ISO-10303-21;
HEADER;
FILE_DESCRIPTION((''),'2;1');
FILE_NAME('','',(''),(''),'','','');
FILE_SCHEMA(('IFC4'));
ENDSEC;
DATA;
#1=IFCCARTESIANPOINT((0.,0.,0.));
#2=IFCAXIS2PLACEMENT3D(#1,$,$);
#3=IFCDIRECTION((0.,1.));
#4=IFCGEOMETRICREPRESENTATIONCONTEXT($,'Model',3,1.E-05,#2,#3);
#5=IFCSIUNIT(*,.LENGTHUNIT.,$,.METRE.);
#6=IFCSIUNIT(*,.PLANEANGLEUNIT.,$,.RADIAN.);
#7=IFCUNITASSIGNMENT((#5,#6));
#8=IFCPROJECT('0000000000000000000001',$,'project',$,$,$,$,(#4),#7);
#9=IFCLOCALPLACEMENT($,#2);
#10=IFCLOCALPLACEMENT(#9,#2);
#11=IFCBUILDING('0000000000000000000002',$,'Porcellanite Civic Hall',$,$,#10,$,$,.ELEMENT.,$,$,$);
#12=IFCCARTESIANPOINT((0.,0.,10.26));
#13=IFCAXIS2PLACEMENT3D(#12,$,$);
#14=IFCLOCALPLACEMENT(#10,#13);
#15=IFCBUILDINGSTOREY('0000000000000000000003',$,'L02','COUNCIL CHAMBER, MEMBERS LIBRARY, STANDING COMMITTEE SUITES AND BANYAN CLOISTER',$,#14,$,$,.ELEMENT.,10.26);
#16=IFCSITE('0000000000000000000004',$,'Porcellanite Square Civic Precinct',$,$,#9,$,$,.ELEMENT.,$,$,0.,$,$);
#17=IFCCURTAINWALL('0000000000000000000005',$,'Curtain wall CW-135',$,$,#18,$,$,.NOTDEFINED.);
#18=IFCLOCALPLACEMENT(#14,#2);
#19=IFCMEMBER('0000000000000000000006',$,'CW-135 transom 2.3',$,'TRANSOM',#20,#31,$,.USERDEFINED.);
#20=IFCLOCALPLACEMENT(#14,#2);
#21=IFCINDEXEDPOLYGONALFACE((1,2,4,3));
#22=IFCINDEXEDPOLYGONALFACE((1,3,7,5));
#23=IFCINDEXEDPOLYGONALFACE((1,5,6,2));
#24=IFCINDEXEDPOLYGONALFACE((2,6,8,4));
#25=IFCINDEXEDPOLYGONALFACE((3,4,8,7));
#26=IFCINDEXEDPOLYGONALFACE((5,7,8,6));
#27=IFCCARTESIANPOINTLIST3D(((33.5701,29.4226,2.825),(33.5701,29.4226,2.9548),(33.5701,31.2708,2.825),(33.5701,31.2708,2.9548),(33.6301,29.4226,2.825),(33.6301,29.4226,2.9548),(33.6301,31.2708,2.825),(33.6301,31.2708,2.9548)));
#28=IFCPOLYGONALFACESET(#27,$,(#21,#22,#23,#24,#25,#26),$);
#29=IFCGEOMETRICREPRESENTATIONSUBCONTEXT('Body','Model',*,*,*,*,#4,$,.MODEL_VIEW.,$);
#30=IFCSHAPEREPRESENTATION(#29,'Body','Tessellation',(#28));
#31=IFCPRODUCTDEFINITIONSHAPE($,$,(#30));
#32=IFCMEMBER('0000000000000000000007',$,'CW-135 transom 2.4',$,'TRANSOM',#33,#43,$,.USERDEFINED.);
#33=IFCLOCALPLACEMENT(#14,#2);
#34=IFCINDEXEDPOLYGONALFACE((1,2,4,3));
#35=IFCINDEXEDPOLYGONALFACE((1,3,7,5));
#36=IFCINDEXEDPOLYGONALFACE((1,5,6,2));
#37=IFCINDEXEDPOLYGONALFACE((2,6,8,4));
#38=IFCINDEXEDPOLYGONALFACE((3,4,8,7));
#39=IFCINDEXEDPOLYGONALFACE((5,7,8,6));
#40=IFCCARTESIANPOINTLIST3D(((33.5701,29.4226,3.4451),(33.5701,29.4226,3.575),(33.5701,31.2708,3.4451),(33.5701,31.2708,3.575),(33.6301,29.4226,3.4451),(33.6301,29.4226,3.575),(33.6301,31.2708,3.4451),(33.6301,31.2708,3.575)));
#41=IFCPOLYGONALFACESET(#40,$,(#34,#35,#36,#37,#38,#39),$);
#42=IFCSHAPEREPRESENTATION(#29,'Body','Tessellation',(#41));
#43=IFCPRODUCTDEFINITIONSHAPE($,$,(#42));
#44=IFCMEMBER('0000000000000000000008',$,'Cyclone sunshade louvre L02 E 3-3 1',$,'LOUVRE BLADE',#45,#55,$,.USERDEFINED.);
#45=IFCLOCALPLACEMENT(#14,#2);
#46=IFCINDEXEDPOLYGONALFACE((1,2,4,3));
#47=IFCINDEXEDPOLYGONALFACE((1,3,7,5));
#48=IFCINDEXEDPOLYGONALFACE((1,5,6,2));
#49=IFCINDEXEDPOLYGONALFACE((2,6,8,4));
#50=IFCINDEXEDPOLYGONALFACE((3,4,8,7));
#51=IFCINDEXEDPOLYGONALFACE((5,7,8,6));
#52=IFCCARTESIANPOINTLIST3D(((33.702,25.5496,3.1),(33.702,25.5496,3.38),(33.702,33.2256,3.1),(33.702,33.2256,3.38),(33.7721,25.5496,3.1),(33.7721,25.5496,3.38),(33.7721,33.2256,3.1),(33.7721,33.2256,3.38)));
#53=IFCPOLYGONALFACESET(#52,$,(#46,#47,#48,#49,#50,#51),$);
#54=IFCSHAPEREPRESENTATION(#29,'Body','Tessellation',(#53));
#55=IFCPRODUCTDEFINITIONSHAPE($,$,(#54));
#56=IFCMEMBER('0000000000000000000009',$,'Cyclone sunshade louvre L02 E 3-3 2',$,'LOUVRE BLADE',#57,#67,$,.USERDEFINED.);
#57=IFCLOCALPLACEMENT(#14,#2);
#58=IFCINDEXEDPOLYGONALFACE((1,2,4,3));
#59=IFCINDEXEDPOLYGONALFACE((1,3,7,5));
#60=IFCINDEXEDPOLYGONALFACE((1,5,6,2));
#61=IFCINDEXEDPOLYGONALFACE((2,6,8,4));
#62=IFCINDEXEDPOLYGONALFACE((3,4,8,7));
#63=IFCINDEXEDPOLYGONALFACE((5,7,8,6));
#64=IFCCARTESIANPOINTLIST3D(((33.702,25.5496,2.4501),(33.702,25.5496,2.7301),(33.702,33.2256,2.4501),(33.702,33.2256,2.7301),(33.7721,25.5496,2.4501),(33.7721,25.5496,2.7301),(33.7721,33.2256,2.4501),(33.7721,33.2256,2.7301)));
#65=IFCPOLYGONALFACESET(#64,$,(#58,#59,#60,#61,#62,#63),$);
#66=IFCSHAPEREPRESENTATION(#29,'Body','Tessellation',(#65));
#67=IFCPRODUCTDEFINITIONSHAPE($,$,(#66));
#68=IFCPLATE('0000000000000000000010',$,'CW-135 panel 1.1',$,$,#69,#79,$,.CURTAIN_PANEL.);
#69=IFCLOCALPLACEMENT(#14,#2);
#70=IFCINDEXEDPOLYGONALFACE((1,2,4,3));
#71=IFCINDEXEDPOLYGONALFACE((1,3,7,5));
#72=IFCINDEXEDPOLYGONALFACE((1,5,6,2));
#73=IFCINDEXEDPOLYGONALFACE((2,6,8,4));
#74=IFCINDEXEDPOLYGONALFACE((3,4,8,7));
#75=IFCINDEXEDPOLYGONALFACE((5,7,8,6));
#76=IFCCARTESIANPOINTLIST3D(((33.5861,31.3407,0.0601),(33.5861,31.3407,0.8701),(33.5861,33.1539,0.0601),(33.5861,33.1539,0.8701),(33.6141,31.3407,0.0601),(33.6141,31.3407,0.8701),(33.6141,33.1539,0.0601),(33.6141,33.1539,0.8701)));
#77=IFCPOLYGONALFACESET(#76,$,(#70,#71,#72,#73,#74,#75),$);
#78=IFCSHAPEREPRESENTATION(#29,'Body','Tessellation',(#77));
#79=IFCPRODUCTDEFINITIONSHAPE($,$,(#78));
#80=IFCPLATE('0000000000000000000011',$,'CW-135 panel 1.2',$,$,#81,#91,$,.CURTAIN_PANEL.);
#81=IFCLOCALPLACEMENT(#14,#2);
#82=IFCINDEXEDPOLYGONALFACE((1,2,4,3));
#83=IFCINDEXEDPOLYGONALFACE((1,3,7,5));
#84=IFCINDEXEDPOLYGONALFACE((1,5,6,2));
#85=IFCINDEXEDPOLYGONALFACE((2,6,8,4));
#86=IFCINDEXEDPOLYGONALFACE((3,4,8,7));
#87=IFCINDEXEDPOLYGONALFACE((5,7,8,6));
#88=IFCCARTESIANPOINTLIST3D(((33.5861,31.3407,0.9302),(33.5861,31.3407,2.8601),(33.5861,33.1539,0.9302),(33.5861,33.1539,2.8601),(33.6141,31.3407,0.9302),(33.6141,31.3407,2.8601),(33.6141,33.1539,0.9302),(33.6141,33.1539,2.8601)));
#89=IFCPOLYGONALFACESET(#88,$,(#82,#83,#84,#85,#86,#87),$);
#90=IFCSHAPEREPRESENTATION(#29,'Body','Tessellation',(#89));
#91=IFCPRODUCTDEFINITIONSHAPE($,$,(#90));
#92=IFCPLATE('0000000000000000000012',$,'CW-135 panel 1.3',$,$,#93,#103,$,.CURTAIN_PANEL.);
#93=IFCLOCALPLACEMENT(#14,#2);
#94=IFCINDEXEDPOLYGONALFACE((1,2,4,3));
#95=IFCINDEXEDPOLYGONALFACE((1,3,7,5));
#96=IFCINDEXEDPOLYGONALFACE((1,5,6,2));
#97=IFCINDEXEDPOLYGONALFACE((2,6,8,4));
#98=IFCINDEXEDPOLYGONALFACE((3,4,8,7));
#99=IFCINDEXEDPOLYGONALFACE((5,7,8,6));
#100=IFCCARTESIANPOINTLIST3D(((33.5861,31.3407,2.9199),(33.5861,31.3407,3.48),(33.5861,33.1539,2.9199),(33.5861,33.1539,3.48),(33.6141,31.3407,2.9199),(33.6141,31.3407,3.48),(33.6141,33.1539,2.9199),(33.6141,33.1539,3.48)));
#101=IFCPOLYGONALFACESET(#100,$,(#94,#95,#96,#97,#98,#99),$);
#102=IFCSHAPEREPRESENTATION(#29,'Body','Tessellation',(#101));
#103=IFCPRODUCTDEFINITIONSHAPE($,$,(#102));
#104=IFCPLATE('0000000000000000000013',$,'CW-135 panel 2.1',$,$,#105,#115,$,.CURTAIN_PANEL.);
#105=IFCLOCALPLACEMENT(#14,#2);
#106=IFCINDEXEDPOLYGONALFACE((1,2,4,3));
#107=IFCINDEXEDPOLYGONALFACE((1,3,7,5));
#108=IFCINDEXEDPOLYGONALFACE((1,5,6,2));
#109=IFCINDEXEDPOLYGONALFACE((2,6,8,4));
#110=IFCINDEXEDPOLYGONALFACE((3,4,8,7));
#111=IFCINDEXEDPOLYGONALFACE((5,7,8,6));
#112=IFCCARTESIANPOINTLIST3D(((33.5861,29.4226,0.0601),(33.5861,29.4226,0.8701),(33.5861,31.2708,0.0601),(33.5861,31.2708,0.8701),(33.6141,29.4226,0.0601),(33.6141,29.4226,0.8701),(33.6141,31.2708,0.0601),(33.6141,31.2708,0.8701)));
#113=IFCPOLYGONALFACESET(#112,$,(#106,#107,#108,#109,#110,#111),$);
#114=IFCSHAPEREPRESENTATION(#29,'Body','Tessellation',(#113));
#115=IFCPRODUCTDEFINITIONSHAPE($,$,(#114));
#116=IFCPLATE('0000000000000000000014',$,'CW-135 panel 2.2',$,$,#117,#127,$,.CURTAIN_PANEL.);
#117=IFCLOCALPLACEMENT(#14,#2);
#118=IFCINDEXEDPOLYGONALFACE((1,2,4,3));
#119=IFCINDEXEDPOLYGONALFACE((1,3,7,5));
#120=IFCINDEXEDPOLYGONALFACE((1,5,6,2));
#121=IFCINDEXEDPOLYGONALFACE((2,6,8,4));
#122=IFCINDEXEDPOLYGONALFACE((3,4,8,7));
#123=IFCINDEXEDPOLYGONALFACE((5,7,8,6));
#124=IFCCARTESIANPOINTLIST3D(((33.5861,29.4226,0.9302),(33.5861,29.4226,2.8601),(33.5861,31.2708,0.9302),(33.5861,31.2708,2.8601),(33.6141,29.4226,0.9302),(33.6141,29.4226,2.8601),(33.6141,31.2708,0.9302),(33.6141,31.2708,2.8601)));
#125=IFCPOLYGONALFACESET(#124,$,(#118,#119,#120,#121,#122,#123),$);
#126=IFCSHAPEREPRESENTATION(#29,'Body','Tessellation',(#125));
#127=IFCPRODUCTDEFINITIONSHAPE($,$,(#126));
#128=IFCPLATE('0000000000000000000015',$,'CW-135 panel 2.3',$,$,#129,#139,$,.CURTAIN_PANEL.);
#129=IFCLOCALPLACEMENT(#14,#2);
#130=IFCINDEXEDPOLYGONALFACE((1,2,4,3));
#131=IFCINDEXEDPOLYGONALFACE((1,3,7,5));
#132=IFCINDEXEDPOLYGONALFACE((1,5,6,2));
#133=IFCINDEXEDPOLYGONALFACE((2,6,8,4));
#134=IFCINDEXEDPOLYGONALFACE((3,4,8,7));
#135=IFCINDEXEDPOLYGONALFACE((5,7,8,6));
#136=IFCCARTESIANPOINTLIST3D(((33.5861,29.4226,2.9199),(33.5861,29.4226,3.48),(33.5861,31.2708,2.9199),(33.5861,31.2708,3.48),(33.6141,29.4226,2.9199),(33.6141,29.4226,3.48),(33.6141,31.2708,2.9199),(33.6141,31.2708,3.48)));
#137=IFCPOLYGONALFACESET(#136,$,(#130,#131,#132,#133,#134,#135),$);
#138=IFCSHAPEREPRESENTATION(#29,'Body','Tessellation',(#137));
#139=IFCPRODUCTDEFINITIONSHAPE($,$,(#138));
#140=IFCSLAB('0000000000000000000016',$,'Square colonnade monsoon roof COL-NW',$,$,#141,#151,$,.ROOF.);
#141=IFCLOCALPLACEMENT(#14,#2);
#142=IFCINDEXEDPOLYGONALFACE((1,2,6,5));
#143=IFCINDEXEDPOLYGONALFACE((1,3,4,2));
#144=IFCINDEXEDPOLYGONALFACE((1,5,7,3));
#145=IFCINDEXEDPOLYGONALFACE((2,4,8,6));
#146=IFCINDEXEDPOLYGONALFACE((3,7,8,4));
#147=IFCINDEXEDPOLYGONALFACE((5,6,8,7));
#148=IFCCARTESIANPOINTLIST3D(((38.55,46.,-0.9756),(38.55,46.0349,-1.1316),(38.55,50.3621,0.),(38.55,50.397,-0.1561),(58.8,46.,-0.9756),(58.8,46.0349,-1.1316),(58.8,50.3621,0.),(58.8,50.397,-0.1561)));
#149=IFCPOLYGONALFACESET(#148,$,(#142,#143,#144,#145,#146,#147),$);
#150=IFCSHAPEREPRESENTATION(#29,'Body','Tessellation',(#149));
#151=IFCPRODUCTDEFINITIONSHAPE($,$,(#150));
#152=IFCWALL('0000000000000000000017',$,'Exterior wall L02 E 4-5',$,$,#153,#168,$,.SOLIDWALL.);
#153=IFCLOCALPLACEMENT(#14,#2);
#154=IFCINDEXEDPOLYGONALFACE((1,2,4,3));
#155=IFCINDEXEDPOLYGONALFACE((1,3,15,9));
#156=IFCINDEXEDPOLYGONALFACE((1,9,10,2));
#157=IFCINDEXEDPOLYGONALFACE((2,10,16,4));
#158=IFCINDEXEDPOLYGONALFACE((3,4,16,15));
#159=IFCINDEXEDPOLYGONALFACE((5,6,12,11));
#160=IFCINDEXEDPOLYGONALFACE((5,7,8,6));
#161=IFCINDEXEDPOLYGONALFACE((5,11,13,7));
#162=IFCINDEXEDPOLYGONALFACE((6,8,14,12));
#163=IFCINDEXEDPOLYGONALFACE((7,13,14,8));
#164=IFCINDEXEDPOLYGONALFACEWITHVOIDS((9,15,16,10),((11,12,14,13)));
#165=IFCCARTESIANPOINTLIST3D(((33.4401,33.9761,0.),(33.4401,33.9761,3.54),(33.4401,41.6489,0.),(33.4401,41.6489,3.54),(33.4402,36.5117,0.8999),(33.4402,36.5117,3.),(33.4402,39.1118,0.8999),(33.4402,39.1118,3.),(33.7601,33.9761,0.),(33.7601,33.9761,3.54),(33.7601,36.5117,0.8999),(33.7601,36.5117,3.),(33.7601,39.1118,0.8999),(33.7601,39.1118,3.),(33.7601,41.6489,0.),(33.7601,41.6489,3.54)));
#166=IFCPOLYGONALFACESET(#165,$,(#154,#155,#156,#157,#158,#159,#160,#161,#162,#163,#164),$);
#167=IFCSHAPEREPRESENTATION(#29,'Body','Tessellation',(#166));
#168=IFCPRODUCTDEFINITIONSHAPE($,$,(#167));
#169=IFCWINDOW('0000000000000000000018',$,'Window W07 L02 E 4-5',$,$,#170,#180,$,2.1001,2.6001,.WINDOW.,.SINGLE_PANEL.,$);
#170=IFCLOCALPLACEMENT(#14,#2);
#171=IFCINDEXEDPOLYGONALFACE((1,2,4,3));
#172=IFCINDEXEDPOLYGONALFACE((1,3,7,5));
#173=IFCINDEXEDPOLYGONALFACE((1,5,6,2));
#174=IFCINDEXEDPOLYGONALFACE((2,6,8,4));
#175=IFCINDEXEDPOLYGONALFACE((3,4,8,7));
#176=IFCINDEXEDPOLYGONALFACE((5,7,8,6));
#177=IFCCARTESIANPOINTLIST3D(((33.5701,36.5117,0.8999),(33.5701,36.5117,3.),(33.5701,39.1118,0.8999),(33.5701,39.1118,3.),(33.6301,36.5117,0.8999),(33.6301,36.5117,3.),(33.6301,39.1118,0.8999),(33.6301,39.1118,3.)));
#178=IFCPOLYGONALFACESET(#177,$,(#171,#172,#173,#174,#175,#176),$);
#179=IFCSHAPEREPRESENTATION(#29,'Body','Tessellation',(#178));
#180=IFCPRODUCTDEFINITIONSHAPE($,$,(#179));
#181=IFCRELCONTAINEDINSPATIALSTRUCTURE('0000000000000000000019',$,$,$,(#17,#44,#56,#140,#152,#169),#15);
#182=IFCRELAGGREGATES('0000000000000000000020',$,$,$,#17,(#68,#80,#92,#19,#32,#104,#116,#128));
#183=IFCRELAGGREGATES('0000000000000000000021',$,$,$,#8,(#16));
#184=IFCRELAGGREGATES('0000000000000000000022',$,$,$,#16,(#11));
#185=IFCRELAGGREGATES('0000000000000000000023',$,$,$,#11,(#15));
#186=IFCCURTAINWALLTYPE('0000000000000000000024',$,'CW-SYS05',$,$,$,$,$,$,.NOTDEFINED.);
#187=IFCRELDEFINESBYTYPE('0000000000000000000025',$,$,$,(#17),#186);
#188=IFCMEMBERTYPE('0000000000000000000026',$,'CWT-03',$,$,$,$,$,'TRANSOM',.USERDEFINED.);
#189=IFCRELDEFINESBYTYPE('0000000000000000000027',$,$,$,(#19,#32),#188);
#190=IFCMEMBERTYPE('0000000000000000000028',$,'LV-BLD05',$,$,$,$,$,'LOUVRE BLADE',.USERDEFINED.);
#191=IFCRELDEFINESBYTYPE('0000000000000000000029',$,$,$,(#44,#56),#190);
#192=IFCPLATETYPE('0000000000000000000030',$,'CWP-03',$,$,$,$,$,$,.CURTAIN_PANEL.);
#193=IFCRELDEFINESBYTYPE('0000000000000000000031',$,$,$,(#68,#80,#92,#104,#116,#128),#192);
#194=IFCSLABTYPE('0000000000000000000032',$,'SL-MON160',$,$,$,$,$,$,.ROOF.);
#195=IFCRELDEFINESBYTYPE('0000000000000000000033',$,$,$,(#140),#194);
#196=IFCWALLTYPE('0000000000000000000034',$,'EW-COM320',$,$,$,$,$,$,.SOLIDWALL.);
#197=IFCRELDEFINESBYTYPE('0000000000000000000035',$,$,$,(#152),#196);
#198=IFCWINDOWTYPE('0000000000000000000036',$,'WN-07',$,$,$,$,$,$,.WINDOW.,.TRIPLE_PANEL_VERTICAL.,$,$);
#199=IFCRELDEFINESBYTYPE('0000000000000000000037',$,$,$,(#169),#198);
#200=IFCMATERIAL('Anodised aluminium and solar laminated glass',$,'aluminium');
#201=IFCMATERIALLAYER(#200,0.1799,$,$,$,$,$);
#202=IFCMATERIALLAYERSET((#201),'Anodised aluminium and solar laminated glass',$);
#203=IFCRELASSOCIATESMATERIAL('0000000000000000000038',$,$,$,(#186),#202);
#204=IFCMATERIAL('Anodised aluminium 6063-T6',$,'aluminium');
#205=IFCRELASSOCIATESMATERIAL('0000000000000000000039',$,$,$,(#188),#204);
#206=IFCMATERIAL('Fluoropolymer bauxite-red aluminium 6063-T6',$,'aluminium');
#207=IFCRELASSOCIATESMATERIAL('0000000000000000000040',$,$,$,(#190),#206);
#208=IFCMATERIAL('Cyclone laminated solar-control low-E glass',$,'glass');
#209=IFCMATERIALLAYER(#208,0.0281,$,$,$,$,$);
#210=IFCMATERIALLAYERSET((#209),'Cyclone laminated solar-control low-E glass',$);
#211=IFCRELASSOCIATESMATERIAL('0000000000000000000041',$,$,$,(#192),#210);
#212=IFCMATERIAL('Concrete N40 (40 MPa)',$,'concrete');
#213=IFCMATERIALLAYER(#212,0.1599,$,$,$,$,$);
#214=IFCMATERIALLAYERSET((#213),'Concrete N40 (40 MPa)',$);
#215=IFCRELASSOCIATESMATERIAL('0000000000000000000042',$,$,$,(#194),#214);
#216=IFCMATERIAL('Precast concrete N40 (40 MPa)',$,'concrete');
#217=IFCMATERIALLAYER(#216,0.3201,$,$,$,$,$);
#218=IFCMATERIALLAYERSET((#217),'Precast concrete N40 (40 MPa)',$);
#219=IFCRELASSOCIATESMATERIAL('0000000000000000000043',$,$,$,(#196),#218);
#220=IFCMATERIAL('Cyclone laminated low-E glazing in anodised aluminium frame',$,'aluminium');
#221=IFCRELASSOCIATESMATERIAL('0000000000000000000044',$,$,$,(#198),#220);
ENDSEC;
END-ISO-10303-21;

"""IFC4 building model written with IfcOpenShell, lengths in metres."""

from ifc_helpers import new_model, si_unit, direction, frame, frame_2d, origin, origin_2d, place, context, subcontext, project, spatial, polyline, rectangle, outline, extrude, material, layer, layer_set, material_profile, profile_set, type_object, element, fill, aggregate, save


model = new_model("IFC4")

# Units and contexts
model_context = context("Model", 3, precision=1e-05, world=origin(), true_north=direction((0.0, 1.0)))
body_context = subcontext(model_context, "Body", "Model", "MODEL_VIEW")
ifc_project = project(units=[si_unit("LENGTHUNIT", "METRE"), si_unit("PLANEANGLEUNIT", "RADIAN")], contexts=[model_context])

# Site, building, storey
site_placement = place(None, origin())
site = spatial("IfcSite", under=ifc_project, at=site_placement, Name="Porcellanite Square Civic Precinct", CompositionType="ELEMENT", RefElevation=0.0)
building_placement = place(site_placement, origin())
building = spatial("IfcBuilding", under=site, at=building_placement, Name="Porcellanite Civic Hall", CompositionType="ELEMENT")
storey_placement = place(building_placement, frame((0.0, 0.0, 10.26)))
storey = spatial("IfcBuildingStorey", under=building, at=storey_placement, Name="L02", Description="COUNCIL CHAMBER, MEMBERS LIBRARY, STANDING COMMITTEE SUITES AND BANYAN CLOISTER", CompositionType="ELEMENT", Elevation=10.26)

# Curtain wall, members
ifc_material_1 = material(Name="Anodised aluminium and solar laminated glass", Category="aluminium")
ifc_layer_1 = layer(ifc_material_1, 0.1799)
ifc_layer_set_1 = layer_set([ifc_layer_1], Name="Anodised aluminium and solar laminated glass")
curtain_wall_type = type_object("IfcCurtainWallType", Name="CW-SYS05", PredefinedType="NOTDEFINED", material=ifc_layer_set_1)
curtain_wall_placement = place(storey_placement, origin())
curtain_wall = element("IfcCurtainWall", 1, at=curtain_wall_placement, inside=storey, type_object=curtain_wall_type, Name="Curtain wall CW-135", PredefinedType="NOTDEFINED")
ifc_material_2 = material(Name="Anodised aluminium 6063-T6", Category="aluminium")
ifc_material_profile_1 = material_profile(ifc_material_2, rectangle(XDim=0.0601, YDim=0.1299, at=origin_2d()), Name="AL-60x130")
ifc_profile_set_1 = profile_set([ifc_material_profile_1], Name="Anodised aluminium 6063-T6")
member_type_1 = type_object("IfcMemberType", Name="CWT-03", ElementType="TRANSOM", PredefinedType="USERDEFINED", material=ifc_profile_set_1)
member_1_placement = place(storey_placement, frame((33.6001, 31.2708, 2.8899), z_axis=(0.0, -1.0, 0.0), x_axis=(1.0, 0.0, 0.0)))
member_1 = element("IfcMember", 2, at=member_1_placement, type_object=member_type_1, Name="CW-135 transom 2.3", ObjectType="TRANSOM", PredefinedType="USERDEFINED", context=body_context, shape_type="SweptSolid", body=[
    extrude(rectangle(XDim=0.0601, YDim=0.1299, at=origin_2d()), origin(), (0.0, 0.0, 1.0), 1.8481),
])
member_2_placement = place(storey_placement, frame((33.6001, 31.2708, 3.51), z_axis=(0.0, -1.0, 0.0), x_axis=(1.0, 0.0, 0.0)))
member_2 = element("IfcMember", 3, at=member_2_placement, type_object=member_type_1, Name="CW-135 transom 2.4", ObjectType="TRANSOM", PredefinedType="USERDEFINED", context=body_context, shape_type="SweptSolid", body=[
    extrude(rectangle(XDim=0.0601, YDim=0.1299, at=origin_2d()), origin(), (0.0, 0.0, 1.0), 1.8481),
])

# Members
ifc_material_3 = material(Name="Fluoropolymer bauxite-red aluminium 6063-T6", Category="aluminium")
ifc_material_profile_2 = material_profile(ifc_material_3, rectangle(XDim=0.0701, YDim=0.28, at=origin_2d()), Name="AL-70x280")
ifc_profile_set_2 = profile_set([ifc_material_profile_2], Name="Fluoropolymer bauxite-red aluminium 6063-T6")
member_type_2 = type_object("IfcMemberType", Name="LV-BLD05", ElementType="LOUVRE BLADE", PredefinedType="USERDEFINED", material=ifc_profile_set_2)
for number, where, z_axis, x_axis, name in (
    (4, (33.7371, 33.2256, 3.24), (0.0, -1.0, 0.0), (1.0, 0.0, 0.0), "Cyclone sunshade louvre L02 E 3-3 1"),
    (5, (33.7371, 33.2256, 2.5901), (0.0, -1.0, 0.0), (1.0, 0.0, 0.0), "Cyclone sunshade louvre L02 E 3-3 2"),
):
    element("IfcMember", number, at=place(storey_placement, frame(where, z_axis=z_axis, x_axis=x_axis)), inside=storey, type_object=member_type_2, Name=name, ObjectType="LOUVRE BLADE", PredefinedType="USERDEFINED", context=body_context, shape_type="SweptSolid", body=[
        extrude(rectangle(XDim=0.0701, YDim=0.28, at=origin_2d()), origin(), (0.0, 0.0, 1.0), 7.676),
    ])

# Plates
ifc_material_4 = material(Name="Cyclone laminated solar-control low-E glass", Category="glass")
ifc_layer_2 = layer(ifc_material_4, 0.0281)
ifc_layer_set_2 = layer_set([ifc_layer_2], Name="Cyclone laminated solar-control low-E glass")
plate_type = type_object("IfcPlateType", Name="CWP-03", PredefinedType="CURTAIN_PANEL", material=ifc_layer_set_2)
plate_1_placement = place(storey_placement, frame((33.6001, 32.2473, 0.0601), z_axis=(0.0, 0.0, 1.0), x_axis=(0.0, -1.0, 0.0)))
plate_1 = element("IfcPlate", 6, at=plate_1_placement, type_object=plate_type, Name="CW-135 panel 1.1", PredefinedType="CURTAIN_PANEL", context=body_context, shape_type="SweptSolid", body=[
    extrude(rectangle(XDim=1.8132, YDim=0.0281, at=origin_2d()), origin(), (0.0, 0.0, 1.0), 0.8101),
])
plate_2_placement = place(storey_placement, frame((33.6001, 32.2473, 0.9302), z_axis=(0.0, 0.0, 1.0), x_axis=(0.0, -1.0, 0.0)))
plate_2 = element("IfcPlate", 7, at=plate_2_placement, type_object=plate_type, Name="CW-135 panel 1.2", PredefinedType="CURTAIN_PANEL", context=body_context, shape_type="SweptSolid", body=[
    extrude(rectangle(XDim=1.8132, YDim=0.0281, at=origin_2d()), origin(), (0.0, 0.0, 1.0), 1.9299),
])
plate_3_placement = place(storey_placement, frame((33.6001, 32.2473, 2.9199), z_axis=(0.0, 0.0, 1.0), x_axis=(0.0, -1.0, 0.0)))
plate_3 = element("IfcPlate", 8, at=plate_3_placement, type_object=plate_type, Name="CW-135 panel 1.3", PredefinedType="CURTAIN_PANEL", context=body_context, shape_type="SweptSolid", body=[
    extrude(rectangle(XDim=1.8132, YDim=0.0281, at=origin_2d()), origin(), (0.0, 0.0, 1.0), 0.5601),
])
plate_4_placement = place(storey_placement, frame((33.6001, 30.3467, 0.0601), z_axis=(0.0, 0.0, 1.0), x_axis=(0.0, -1.0, 0.0)))
plate_4 = element("IfcPlate", 9, at=plate_4_placement, type_object=plate_type, Name="CW-135 panel 2.1", PredefinedType="CURTAIN_PANEL", context=body_context, shape_type="SweptSolid", body=[
    extrude(rectangle(XDim=1.8481, YDim=0.0281, at=origin_2d()), origin(), (0.0, 0.0, 1.0), 0.8101),
])
plate_5_placement = place(storey_placement, frame((33.6001, 30.3467, 0.9302), z_axis=(0.0, 0.0, 1.0), x_axis=(0.0, -1.0, 0.0)))
plate_5 = element("IfcPlate", 10, at=plate_5_placement, type_object=plate_type, Name="CW-135 panel 2.2", PredefinedType="CURTAIN_PANEL", context=body_context, shape_type="SweptSolid", body=[
    extrude(rectangle(XDim=1.8481, YDim=0.0281, at=origin_2d()), origin(), (0.0, 0.0, 1.0), 1.9299),
])
plate_6_placement = place(storey_placement, frame((33.6001, 30.3467, 2.9199), z_axis=(0.0, 0.0, 1.0), x_axis=(0.0, -1.0, 0.0)))
plate_6 = element("IfcPlate", 11, at=plate_6_placement, type_object=plate_type, Name="CW-135 panel 2.3", PredefinedType="CURTAIN_PANEL", context=body_context, shape_type="SweptSolid", body=[
    extrude(rectangle(XDim=1.8481, YDim=0.0281, at=origin_2d()), origin(), (0.0, 0.0, 1.0), 0.5601),
])
aggregate(curtain_wall, [plate_1, plate_2, plate_3, member_1, member_2, plate_4, plate_5, plate_6])

# Slab
ifc_material_5 = material(Name="Concrete N40 (40 MPa)", Category="concrete")
ifc_layer_3 = layer(ifc_material_5, 0.1599)
ifc_layer_set_3 = layer_set([ifc_layer_3], Name="Concrete N40 (40 MPa)")
slab_type = type_object("IfcSlabType", Name="SL-MON160", PredefinedType="ROOF", material=ifc_layer_set_3)
slab_placement = place(storey_placement, frame((38.55, 46.0, -0.9756), z_axis=(0.0, -0.21826, 0.975891), x_axis=(1.0, 0.0, 0.0)))
element("IfcSlab", 12, at=slab_placement, inside=storey, type_object=slab_type, Name="Square colonnade monsoon roof COL-NW", PredefinedType="ROOF", context=body_context, shape_type="SweptSolid", body=[
    extrude(outline(polyline([(0.0, 0.0), (20.25, 0.0), (20.25, 4.4698), (0.0, 4.4698), (0.0, 0.0)])), origin(), (0.0, 0.0, -1.0), 0.1599),
])

# Wall, opening, window
ifc_material_6 = material(Name="Precast concrete N40 (40 MPa)", Category="concrete")
ifc_layer_4 = layer(ifc_material_6, 0.3201)
ifc_layer_set_4 = layer_set([ifc_layer_4], Name="Precast concrete N40 (40 MPa)")
wall_type = type_object("IfcWallType", Name="EW-COM320", PredefinedType="SOLIDWALL", material=ifc_layer_set_4)
wall_1_placement = place(storey_placement, frame((33.6001, 41.6489, 0.0), z_axis=(0.0, 0.0, 1.0), x_axis=(0.0, -1.0, 0.0)))
wall_1 = element("IfcWall", 13, at=wall_1_placement, inside=storey, type_object=wall_type, Name="Exterior wall L02 E 4-5", PredefinedType="SOLIDWALL", context=body_context, shape_type="SweptSolid", body=[
    extrude(rectangle(XDim=7.6729, YDim=0.3201, at=frame_2d((3.8364, 0.0))), origin(), (0.0, 0.0, 1.0), 3.54),
])
opening_1_placement = place(wall_1_placement, frame((2.5371, 0.0, 0.8999)))
opening_1 = element("IfcOpeningElement", 14, at=opening_1_placement, cuts=wall_1, PredefinedType="OPENING", context=body_context, shape_type="SweptSolid", body=[
    extrude(rectangle(XDim=2.6001, YDim=2.1001, at=frame_2d((1.3, 1.05))), frame((0.0, 0.1602, 0.0), z_axis=(0.0, -1.0, 0.0), x_axis=(1.0, 0.0, 0.0)), (0.0, 0.0, 1.0), 0.3201),
])
ifc_material_7 = material(Name="Cyclone laminated low-E glazing in anodised aluminium frame", Category="aluminium")
window_type_1 = type_object("IfcWindowType", Name="WN-07", PartitioningType="TRIPLE_PANEL_VERTICAL", PredefinedType="WINDOW", material=ifc_material_7)
window_1_placement = place(opening_1_placement, origin())
window_1 = element("IfcWindow", 15, at=window_1_placement, inside=storey, type_object=window_type_1, Name="Window W07 L02 E 4-5", OverallHeight=2.1001, OverallWidth=2.6001, PartitioningType="SINGLE_PANEL", PredefinedType="WINDOW", context=body_context, shape_type="SweptSolid", body=[
    extrude(rectangle(XDim=2.6001, YDim=2.1001, at=frame_2d((1.3, 1.05))), frame((0.0, 0.03, 0.0), z_axis=(0.0, -1.0, 0.0), x_axis=(1.0, 0.0, 0.0)), (0.0, 0.0, 1.0), 0.0601),
])
fill(opening_1, window_1)

save(model, "model.ifc")
